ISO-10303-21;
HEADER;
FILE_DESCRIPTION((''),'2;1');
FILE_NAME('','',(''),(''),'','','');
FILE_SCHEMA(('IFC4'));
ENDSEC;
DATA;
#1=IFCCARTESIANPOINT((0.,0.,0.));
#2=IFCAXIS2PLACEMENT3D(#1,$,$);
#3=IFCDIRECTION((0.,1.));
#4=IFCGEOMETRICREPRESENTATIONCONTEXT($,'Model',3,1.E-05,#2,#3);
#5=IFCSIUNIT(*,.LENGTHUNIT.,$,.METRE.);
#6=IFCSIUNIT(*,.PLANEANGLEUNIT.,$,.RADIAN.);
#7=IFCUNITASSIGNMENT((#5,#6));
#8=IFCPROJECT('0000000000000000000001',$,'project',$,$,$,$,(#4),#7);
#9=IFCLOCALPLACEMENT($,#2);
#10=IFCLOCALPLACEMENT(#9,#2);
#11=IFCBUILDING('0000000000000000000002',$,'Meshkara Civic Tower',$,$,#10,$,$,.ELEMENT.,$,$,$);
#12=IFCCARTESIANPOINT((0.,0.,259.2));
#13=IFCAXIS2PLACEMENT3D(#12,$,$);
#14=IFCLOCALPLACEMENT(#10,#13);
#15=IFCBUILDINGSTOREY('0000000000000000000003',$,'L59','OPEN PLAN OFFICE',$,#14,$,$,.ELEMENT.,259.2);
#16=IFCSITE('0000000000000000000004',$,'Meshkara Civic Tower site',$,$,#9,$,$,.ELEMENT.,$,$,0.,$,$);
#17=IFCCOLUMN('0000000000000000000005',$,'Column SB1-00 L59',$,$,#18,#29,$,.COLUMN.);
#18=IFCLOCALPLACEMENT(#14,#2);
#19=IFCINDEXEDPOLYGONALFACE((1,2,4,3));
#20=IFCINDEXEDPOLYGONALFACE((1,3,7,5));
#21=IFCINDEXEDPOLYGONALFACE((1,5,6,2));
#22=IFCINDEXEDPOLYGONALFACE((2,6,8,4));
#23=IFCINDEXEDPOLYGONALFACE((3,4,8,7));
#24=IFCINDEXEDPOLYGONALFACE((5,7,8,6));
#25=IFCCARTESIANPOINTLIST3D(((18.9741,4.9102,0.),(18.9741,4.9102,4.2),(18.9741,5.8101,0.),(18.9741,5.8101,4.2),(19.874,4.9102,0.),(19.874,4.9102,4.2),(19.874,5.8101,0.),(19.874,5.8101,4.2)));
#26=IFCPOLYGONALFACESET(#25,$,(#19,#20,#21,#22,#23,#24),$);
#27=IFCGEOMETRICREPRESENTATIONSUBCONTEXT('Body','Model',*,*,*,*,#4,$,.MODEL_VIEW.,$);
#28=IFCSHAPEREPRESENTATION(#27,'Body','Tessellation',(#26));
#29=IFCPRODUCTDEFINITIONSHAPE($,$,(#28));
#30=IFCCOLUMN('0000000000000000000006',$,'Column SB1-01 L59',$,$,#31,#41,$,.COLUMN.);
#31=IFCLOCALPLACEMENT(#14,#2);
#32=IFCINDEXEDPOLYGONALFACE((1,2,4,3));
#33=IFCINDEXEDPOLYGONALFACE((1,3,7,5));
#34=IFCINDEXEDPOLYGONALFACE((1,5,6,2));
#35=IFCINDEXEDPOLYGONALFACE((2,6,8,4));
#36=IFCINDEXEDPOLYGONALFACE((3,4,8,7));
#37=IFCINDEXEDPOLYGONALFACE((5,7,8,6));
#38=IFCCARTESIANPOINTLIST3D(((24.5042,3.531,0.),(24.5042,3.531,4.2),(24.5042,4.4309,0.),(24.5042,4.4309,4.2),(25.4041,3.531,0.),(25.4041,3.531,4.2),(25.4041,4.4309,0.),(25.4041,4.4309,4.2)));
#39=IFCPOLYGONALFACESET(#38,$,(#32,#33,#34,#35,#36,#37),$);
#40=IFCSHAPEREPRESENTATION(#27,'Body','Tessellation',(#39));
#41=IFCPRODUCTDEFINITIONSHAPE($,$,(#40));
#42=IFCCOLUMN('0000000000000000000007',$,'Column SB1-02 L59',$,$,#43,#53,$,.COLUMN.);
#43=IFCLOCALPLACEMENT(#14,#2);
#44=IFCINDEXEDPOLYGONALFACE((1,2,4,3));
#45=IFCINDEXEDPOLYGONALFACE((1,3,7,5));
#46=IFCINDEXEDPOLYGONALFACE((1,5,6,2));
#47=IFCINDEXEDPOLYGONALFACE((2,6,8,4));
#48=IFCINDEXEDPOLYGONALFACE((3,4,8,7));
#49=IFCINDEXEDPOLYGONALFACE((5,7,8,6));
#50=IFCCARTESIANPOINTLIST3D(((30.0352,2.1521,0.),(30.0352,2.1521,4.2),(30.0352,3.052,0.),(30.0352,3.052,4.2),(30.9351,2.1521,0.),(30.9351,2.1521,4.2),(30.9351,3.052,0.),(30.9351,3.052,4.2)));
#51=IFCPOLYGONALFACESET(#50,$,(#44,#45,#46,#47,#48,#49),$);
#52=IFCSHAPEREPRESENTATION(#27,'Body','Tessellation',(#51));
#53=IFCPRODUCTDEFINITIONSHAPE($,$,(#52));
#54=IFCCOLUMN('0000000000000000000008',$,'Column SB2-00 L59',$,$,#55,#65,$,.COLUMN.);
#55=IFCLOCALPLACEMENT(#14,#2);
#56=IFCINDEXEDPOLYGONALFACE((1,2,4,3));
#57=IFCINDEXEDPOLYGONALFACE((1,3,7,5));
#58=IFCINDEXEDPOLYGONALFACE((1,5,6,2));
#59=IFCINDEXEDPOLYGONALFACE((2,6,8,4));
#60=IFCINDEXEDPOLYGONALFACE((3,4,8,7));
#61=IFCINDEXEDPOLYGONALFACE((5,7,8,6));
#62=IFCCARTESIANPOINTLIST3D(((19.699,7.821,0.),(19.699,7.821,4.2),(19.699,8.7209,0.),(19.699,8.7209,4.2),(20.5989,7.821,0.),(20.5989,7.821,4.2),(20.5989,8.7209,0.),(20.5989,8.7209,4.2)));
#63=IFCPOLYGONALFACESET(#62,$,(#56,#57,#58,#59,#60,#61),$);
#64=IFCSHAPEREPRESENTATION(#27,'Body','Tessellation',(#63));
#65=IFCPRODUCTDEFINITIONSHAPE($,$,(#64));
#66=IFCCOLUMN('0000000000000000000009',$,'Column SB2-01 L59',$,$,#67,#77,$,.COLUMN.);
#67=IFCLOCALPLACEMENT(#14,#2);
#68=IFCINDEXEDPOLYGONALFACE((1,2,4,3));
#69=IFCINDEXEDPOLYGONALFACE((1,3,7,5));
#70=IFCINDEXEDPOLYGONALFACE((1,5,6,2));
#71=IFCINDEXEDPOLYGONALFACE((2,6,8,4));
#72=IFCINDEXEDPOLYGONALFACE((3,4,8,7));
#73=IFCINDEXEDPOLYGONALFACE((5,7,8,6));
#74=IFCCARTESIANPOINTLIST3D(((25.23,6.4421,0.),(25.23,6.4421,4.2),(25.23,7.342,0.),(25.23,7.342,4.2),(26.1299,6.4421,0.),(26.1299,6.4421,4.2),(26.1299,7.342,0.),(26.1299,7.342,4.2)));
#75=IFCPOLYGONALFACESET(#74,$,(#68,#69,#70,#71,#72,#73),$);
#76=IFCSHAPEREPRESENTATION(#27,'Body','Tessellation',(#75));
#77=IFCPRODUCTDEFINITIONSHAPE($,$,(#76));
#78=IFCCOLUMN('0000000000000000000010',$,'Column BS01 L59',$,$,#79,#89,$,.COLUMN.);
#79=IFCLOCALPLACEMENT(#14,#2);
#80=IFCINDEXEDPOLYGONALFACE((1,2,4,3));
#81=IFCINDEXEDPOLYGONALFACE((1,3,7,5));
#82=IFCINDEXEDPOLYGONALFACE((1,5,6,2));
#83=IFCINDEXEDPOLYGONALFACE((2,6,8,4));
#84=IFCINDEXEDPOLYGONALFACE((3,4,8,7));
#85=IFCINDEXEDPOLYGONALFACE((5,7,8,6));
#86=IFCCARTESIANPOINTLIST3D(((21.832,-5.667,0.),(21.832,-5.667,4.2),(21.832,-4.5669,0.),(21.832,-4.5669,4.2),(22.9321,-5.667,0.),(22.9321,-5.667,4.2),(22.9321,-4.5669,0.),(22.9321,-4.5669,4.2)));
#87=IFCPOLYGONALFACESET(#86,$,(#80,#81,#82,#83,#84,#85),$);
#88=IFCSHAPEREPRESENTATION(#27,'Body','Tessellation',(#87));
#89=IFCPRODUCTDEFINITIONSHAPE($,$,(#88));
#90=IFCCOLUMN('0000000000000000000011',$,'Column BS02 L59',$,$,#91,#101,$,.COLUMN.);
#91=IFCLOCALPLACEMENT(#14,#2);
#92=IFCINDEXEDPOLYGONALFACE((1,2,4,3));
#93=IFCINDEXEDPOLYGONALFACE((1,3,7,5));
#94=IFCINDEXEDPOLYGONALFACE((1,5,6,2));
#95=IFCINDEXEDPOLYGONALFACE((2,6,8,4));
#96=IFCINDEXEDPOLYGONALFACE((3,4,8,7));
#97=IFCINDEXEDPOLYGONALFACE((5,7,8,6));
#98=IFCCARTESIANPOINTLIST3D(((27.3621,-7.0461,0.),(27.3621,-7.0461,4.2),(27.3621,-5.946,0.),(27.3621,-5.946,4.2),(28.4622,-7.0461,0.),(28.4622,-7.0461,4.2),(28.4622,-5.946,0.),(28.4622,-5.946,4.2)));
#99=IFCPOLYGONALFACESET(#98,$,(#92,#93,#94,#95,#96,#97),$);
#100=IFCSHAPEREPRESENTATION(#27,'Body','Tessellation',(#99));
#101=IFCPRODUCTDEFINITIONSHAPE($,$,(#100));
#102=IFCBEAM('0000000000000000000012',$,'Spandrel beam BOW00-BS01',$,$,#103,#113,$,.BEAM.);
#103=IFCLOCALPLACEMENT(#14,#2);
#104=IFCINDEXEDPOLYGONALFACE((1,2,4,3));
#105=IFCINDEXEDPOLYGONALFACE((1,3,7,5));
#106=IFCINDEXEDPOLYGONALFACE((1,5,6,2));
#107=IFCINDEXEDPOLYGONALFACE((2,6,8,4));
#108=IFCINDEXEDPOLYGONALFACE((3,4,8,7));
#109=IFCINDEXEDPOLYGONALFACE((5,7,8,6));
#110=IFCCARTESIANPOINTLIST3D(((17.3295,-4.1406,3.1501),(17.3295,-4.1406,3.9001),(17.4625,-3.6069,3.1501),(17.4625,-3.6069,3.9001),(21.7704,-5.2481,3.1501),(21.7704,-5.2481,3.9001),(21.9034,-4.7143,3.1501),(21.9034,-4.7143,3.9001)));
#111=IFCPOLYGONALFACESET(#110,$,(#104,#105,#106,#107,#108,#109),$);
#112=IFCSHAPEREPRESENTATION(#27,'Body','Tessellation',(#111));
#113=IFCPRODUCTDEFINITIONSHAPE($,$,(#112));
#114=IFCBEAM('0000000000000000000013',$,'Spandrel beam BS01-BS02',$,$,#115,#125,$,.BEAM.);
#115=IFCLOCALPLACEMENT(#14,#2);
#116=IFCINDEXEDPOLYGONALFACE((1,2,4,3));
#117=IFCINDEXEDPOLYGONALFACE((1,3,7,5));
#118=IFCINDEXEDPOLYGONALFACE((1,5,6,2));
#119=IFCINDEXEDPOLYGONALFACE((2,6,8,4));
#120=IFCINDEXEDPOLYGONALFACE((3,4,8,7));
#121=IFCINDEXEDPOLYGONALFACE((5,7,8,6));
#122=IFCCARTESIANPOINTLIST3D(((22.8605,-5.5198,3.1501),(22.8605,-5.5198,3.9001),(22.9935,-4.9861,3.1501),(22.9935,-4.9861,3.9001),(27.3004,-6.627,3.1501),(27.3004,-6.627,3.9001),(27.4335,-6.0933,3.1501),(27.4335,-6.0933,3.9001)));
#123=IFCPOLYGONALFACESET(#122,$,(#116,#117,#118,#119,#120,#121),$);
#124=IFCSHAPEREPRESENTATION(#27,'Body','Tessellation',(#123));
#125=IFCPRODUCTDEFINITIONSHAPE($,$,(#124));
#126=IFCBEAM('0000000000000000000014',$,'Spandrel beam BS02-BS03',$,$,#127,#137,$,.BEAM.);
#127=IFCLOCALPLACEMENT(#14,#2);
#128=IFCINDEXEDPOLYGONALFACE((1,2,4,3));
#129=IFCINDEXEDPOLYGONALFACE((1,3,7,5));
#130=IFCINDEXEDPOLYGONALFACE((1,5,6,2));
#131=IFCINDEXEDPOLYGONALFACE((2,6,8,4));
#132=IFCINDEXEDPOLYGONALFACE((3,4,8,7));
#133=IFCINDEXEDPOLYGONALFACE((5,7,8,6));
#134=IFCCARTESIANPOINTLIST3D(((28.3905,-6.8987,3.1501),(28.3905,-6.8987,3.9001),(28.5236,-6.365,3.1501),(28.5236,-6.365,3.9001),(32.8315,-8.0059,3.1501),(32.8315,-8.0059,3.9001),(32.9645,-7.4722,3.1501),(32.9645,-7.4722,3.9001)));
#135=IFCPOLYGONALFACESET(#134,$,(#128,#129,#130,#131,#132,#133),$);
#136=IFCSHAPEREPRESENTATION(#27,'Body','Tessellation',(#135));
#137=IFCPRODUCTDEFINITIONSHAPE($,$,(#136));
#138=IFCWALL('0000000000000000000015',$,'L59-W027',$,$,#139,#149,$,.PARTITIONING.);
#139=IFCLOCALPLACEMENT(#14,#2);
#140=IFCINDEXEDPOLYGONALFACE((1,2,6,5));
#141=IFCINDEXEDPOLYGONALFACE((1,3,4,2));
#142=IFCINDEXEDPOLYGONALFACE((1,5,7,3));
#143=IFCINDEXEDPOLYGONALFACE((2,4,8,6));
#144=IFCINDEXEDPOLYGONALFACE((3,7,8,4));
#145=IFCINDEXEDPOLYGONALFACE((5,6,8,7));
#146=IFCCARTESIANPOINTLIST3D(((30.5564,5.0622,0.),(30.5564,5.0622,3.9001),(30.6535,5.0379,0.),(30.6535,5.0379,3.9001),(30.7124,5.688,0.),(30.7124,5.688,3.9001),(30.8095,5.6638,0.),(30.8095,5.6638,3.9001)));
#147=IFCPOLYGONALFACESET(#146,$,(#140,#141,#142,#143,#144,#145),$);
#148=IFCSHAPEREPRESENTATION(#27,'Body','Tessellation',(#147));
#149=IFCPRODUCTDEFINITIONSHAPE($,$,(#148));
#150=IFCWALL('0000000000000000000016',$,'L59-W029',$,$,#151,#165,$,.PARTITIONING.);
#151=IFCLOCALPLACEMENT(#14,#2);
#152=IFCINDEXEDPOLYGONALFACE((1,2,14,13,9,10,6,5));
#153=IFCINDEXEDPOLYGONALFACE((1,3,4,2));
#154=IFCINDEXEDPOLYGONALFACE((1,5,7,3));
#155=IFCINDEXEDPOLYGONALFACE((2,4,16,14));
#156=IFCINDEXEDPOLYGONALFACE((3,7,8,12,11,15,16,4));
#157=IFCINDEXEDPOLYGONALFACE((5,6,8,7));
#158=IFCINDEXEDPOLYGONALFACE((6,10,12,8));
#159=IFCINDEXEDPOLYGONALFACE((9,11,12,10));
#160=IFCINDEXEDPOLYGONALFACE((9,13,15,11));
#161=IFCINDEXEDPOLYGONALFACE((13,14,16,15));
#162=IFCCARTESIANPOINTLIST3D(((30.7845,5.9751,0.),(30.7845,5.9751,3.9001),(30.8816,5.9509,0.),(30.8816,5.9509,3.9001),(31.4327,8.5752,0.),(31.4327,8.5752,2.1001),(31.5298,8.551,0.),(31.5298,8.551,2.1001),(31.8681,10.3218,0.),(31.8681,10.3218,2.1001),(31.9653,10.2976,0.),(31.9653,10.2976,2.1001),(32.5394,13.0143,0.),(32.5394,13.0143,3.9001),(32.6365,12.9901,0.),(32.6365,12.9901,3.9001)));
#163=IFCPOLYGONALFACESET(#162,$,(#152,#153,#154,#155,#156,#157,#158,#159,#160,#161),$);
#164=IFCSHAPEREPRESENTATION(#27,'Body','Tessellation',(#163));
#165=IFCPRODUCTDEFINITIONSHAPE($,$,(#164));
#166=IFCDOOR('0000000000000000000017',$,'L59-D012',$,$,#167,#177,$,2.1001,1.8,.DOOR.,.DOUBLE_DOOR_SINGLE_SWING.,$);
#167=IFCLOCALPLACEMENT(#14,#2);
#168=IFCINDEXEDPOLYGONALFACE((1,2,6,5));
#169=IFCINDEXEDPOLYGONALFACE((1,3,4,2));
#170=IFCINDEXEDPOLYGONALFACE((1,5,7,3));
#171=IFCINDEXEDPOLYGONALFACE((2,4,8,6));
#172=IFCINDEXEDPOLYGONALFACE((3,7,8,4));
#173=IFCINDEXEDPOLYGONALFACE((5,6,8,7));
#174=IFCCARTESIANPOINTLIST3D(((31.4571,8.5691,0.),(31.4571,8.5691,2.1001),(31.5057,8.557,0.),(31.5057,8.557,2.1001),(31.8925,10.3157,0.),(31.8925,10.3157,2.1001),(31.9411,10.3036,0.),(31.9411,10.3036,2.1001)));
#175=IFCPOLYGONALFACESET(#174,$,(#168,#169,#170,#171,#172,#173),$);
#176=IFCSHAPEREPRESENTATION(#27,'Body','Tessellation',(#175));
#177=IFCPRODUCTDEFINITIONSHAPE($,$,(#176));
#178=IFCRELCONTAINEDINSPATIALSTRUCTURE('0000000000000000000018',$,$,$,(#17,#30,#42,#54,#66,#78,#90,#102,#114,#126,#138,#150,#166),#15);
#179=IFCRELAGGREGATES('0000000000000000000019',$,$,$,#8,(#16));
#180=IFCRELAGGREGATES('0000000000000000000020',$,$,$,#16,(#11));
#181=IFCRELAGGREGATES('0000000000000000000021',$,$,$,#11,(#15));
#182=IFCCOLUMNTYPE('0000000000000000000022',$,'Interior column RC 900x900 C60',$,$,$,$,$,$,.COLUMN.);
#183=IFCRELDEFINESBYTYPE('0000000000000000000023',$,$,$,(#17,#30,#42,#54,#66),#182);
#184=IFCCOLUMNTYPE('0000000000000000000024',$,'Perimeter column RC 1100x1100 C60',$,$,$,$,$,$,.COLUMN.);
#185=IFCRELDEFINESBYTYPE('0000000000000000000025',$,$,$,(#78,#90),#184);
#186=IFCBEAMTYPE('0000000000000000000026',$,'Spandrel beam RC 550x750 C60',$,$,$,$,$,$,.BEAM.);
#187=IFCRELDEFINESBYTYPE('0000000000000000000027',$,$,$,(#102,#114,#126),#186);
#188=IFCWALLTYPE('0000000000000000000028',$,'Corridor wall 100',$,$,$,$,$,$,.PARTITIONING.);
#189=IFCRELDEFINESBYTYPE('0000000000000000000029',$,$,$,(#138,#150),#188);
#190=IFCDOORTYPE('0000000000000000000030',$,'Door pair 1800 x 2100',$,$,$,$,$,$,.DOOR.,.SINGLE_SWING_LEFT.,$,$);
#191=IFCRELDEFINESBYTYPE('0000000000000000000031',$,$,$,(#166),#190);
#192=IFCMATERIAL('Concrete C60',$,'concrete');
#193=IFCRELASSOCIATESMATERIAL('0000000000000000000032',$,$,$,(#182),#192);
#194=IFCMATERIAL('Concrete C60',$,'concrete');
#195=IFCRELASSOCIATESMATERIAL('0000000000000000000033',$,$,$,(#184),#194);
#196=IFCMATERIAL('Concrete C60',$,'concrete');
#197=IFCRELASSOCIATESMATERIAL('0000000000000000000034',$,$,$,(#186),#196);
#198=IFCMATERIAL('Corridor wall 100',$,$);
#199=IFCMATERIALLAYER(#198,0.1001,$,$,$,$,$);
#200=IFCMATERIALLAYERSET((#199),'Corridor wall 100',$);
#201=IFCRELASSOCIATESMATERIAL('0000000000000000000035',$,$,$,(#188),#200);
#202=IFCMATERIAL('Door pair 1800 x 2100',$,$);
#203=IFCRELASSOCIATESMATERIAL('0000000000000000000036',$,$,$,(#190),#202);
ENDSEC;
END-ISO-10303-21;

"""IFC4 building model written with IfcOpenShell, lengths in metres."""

from ifc_helpers import new_model, si_unit, direction, frame, frame_2d, origin, origin_2d, place, context, subcontext, project, spatial, rectangle, extrude, material, layer, layer_set, material_profile, profile_set, type_object, element, fill, save


model = new_model("IFC4")

# Units and contexts
model_context = context("Model", 3, precision=1e-05, world=origin(), true_north=direction((0.0, 1.0)))
body_context = subcontext(model_context, "Body", "Model", "MODEL_VIEW")
ifc_project = project(units=[si_unit("LENGTHUNIT", "METRE"), si_unit("PLANEANGLEUNIT", "RADIAN")], contexts=[model_context])

# Site, building, storey
site_placement = place(None, origin())
site = spatial("IfcSite", under=ifc_project, at=site_placement, Name="Meshkara Civic Tower site", CompositionType="ELEMENT", RefElevation=0.0)
building_placement = place(site_placement, origin())
building = spatial("IfcBuilding", under=site, at=building_placement, Name="Meshkara Civic Tower", CompositionType="ELEMENT")
storey_placement = place(building_placement, frame((0.0, 0.0, 259.2)))
storey = spatial("IfcBuildingStorey", under=building, at=storey_placement, Name="L59", Description="OPEN PLAN OFFICE", CompositionType="ELEMENT", Elevation=259.2)

# Columns
ifc_material_1 = material(Name="Concrete C60", Category="concrete")
ifc_material_profile_1 = material_profile(ifc_material_1, rectangle(XDim=0.8999, YDim=0.8999, at=origin_2d()))
ifc_profile_set_1 = profile_set([ifc_material_profile_1], Name="Concrete C60")
column_type_1 = type_object("IfcColumnType", Name="Interior column RC 900x900 C60", PredefinedType="COLUMN", material=ifc_profile_set_1)
for number, where, z_axis, x_axis, name in (
    (1, (19.4241, 5.3601, 0.0), (0.0, 0.0, 1.0), (1.0, 0.0, 0.0), "Column SB1-00 L59"),
    (2, (24.9541, 3.981, 0.0), (0.0, 0.0, 1.0), (1.0, 0.0, 0.0), "Column SB1-01 L59"),
    (3, (30.4851, 2.6021, 0.0), (0.0, 0.0, 1.0), (1.0, 0.0, 0.0), "Column SB1-02 L59"),
    (4, (20.1489, 8.271, 0.0), (0.0, 0.0, 1.0), (1.0, 0.0, 0.0), "Column SB2-00 L59"),
    (5, (25.6799, 6.8921, 0.0), (0.0, 0.0, 1.0), (1.0, 0.0, 0.0), "Column SB2-01 L59"),
):
    element("IfcColumn", number, at=place(storey_placement, frame(where, z_axis=z_axis, x_axis=x_axis)), inside=storey, type_object=column_type_1, Name=name, PredefinedType="COLUMN", context=body_context, shape_type="SweptSolid", body=[
        extrude(rectangle(XDim=0.8999, YDim=0.8999, at=origin_2d()), origin(), (0.0, 0.0, 1.0), 4.2),
    ])
ifc_material_2 = material(Name="Concrete C60", Category="concrete")
ifc_material_profile_2 = material_profile(ifc_material_2, rectangle(XDim=1.1001, YDim=1.1001, at=origin_2d()))
ifc_profile_set_2 = profile_set([ifc_material_profile_2], Name="Concrete C60")
column_type_2 = type_object("IfcColumnType", Name="Perimeter column RC 1100x1100 C60", PredefinedType="COLUMN", material=ifc_profile_set_2)
for number, where, z_axis, x_axis, name in (
    (6, (22.3821, -5.1169, 0.0), (0.0, 0.0, 1.0), (1.0, 0.0, 0.0), "Column BS01 L59"),
    (7, (27.9121, -6.4961, 0.0), (0.0, 0.0, 1.0), (1.0, 0.0, 0.0), "Column BS02 L59"),
):
    element("IfcColumn", number, at=place(storey_placement, frame(where, z_axis=z_axis, x_axis=x_axis)), inside=storey, type_object=column_type_2, Name=name, PredefinedType="COLUMN", context=body_context, shape_type="SweptSolid", body=[
        extrude(rectangle(XDim=1.1001, YDim=1.1001, at=origin_2d()), origin(), (0.0, 0.0, 1.0), 4.2),
    ])

# Beams
ifc_material_3 = material(Name="Concrete C60", Category="concrete")
ifc_material_profile_3 = material_profile(ifc_material_3, rectangle(XDim=0.55, YDim=0.75, at=origin_2d()))
ifc_profile_set_3 = profile_set([ifc_material_profile_3], Name="Concrete C60")
beam_type = type_object("IfcBeamType", Name="Spandrel beam RC 550x750 C60", PredefinedType="BEAM", material=ifc_profile_set_3)
beam_1_placement = place(storey_placement, frame((17.396, -3.8738, 3.5251), z_axis=(0.970287, -0.241958, 0.0), x_axis=(0.241958, 0.970287, 0.0)))
element("IfcBeam", 8, at=beam_1_placement, inside=storey, type_object=beam_type, Name="Spandrel beam BOW00-BS01", PredefinedType="BEAM", context=body_context, shape_type="SweptSolid", body=[
    extrude(rectangle(XDim=0.55, YDim=0.75, at=origin_2d()), origin(), (0.0, 0.0, 1.0), 4.5769),
])
beam_2_placement = place(storey_placement, frame((22.927, -5.2529, 3.5251), z_axis=(0.970287, -0.241958, 0.0), x_axis=(0.241958, 0.970287, 0.0)))
element("IfcBeam", 9, at=beam_2_placement, inside=storey, type_object=beam_type, Name="Spandrel beam BS01-BS02", PredefinedType="BEAM", context=body_context, shape_type="SweptSolid", body=[
    extrude(rectangle(XDim=0.55, YDim=0.75, at=origin_2d()), origin(), (0.0, 0.0, 1.0), 4.5759),
])
beam_3_placement = place(storey_placement, frame((28.457, -6.6318, 3.5251), z_axis=(0.970299, -0.241908, 0.0), x_axis=(0.241908, 0.970299, 0.0)))
element("IfcBeam", 10, at=beam_3_placement, inside=storey, type_object=beam_type, Name="Spandrel beam BS02-BS03", PredefinedType="BEAM", context=body_context, shape_type="SweptSolid", body=[
    extrude(rectangle(XDim=0.55, YDim=0.75, at=origin_2d()), origin(), (0.0, 0.0, 1.0), 4.5769),
])

# Wall
ifc_material_4 = material(Name="Corridor wall 100")
ifc_layer_1 = layer(ifc_material_4, 0.1001)
ifc_layer_set_1 = layer_set([ifc_layer_1], Name="Corridor wall 100")
wall_type_1 = type_object("IfcWallType", Name="Corridor wall 100", PredefinedType="PARTITIONING", material=ifc_layer_set_1)
wall_1_placement = place(storey_placement, frame((30.605, 5.05, 0.0), z_axis=(0.0, 0.0, 1.0), x_axis=(0.241823, 0.97032, 0.0)))
element("IfcWall", 11, at=wall_1_placement, inside=storey, type_object=wall_type_1, Name="L59-W027", PredefinedType="PARTITIONING", context=body_context, shape_type="SweptSolid", body=[
    extrude(rectangle(XDim=0.645, YDim=0.1001, at=frame_2d((0.3225, 0.0))), origin(), (0.0, 0.0, 1.0), 3.9001),
])

# Wall, opening, door
wall_2_placement = place(storey_placement, frame((30.833, 5.9629, 0.0), z_axis=(0.0, 0.0, 1.0), x_axis=(0.241902, 0.970301, 0.0)))
wall_2 = element("IfcWall", 12, at=wall_2_placement, inside=storey, type_object=wall_type_1, Name="L59-W029", PredefinedType="PARTITIONING", context=body_context, shape_type="SweptSolid", body=[
    extrude(rectangle(XDim=7.2546, YDim=0.1001, at=frame_2d((3.6274, 0.0))), origin(), (0.0, 0.0, 1.0), 3.9001),
])
opening_1_placement = place(wall_2_placement, frame((2.6799, 0.0, 0.0)))
opening_1 = element("IfcOpeningElement", 13, at=opening_1_placement, cuts=wall_2, PredefinedType="OPENING", context=body_context, shape_type="SweptSolid", body=[
    extrude(rectangle(XDim=1.8, YDim=2.1001, at=frame_2d((0.8999, 1.05))), frame((0.0, 0.0601, 0.0), z_axis=(0.0, -1.0, 0.0), x_axis=(1.0, 0.0, 0.0)), (0.0, 0.0, 1.0), 0.1201),
])
ifc_material_5 = material(Name="Door pair 1800 x 2100")
door_type = type_object("IfcDoorType", Name="Door pair 1800 x 2100", OperationType="SINGLE_SWING_LEFT", PredefinedType="DOOR", material=ifc_material_5)
door_placement = place(opening_1_placement, origin())
door = element("IfcDoor", 14, at=door_placement, inside=storey, type_object=door_type, Name="L59-D012", OperationType="DOUBLE_DOOR_SINGLE_SWING", OverallHeight=2.1001, OverallWidth=1.8, PredefinedType="DOOR", context=body_context, shape_type="SweptSolid", body=[
    extrude(rectangle(XDim=1.8, YDim=2.1001, at=frame_2d((0.8999, 1.05))), frame((0.0, 0.0249, 0.0), z_axis=(0.0, -1.0, 0.0), x_axis=(1.0, 0.0, 0.0)), (0.0, 0.0, 1.0), 0.05),
])
fill(opening_1, door)

save(model, "model.ifc")
